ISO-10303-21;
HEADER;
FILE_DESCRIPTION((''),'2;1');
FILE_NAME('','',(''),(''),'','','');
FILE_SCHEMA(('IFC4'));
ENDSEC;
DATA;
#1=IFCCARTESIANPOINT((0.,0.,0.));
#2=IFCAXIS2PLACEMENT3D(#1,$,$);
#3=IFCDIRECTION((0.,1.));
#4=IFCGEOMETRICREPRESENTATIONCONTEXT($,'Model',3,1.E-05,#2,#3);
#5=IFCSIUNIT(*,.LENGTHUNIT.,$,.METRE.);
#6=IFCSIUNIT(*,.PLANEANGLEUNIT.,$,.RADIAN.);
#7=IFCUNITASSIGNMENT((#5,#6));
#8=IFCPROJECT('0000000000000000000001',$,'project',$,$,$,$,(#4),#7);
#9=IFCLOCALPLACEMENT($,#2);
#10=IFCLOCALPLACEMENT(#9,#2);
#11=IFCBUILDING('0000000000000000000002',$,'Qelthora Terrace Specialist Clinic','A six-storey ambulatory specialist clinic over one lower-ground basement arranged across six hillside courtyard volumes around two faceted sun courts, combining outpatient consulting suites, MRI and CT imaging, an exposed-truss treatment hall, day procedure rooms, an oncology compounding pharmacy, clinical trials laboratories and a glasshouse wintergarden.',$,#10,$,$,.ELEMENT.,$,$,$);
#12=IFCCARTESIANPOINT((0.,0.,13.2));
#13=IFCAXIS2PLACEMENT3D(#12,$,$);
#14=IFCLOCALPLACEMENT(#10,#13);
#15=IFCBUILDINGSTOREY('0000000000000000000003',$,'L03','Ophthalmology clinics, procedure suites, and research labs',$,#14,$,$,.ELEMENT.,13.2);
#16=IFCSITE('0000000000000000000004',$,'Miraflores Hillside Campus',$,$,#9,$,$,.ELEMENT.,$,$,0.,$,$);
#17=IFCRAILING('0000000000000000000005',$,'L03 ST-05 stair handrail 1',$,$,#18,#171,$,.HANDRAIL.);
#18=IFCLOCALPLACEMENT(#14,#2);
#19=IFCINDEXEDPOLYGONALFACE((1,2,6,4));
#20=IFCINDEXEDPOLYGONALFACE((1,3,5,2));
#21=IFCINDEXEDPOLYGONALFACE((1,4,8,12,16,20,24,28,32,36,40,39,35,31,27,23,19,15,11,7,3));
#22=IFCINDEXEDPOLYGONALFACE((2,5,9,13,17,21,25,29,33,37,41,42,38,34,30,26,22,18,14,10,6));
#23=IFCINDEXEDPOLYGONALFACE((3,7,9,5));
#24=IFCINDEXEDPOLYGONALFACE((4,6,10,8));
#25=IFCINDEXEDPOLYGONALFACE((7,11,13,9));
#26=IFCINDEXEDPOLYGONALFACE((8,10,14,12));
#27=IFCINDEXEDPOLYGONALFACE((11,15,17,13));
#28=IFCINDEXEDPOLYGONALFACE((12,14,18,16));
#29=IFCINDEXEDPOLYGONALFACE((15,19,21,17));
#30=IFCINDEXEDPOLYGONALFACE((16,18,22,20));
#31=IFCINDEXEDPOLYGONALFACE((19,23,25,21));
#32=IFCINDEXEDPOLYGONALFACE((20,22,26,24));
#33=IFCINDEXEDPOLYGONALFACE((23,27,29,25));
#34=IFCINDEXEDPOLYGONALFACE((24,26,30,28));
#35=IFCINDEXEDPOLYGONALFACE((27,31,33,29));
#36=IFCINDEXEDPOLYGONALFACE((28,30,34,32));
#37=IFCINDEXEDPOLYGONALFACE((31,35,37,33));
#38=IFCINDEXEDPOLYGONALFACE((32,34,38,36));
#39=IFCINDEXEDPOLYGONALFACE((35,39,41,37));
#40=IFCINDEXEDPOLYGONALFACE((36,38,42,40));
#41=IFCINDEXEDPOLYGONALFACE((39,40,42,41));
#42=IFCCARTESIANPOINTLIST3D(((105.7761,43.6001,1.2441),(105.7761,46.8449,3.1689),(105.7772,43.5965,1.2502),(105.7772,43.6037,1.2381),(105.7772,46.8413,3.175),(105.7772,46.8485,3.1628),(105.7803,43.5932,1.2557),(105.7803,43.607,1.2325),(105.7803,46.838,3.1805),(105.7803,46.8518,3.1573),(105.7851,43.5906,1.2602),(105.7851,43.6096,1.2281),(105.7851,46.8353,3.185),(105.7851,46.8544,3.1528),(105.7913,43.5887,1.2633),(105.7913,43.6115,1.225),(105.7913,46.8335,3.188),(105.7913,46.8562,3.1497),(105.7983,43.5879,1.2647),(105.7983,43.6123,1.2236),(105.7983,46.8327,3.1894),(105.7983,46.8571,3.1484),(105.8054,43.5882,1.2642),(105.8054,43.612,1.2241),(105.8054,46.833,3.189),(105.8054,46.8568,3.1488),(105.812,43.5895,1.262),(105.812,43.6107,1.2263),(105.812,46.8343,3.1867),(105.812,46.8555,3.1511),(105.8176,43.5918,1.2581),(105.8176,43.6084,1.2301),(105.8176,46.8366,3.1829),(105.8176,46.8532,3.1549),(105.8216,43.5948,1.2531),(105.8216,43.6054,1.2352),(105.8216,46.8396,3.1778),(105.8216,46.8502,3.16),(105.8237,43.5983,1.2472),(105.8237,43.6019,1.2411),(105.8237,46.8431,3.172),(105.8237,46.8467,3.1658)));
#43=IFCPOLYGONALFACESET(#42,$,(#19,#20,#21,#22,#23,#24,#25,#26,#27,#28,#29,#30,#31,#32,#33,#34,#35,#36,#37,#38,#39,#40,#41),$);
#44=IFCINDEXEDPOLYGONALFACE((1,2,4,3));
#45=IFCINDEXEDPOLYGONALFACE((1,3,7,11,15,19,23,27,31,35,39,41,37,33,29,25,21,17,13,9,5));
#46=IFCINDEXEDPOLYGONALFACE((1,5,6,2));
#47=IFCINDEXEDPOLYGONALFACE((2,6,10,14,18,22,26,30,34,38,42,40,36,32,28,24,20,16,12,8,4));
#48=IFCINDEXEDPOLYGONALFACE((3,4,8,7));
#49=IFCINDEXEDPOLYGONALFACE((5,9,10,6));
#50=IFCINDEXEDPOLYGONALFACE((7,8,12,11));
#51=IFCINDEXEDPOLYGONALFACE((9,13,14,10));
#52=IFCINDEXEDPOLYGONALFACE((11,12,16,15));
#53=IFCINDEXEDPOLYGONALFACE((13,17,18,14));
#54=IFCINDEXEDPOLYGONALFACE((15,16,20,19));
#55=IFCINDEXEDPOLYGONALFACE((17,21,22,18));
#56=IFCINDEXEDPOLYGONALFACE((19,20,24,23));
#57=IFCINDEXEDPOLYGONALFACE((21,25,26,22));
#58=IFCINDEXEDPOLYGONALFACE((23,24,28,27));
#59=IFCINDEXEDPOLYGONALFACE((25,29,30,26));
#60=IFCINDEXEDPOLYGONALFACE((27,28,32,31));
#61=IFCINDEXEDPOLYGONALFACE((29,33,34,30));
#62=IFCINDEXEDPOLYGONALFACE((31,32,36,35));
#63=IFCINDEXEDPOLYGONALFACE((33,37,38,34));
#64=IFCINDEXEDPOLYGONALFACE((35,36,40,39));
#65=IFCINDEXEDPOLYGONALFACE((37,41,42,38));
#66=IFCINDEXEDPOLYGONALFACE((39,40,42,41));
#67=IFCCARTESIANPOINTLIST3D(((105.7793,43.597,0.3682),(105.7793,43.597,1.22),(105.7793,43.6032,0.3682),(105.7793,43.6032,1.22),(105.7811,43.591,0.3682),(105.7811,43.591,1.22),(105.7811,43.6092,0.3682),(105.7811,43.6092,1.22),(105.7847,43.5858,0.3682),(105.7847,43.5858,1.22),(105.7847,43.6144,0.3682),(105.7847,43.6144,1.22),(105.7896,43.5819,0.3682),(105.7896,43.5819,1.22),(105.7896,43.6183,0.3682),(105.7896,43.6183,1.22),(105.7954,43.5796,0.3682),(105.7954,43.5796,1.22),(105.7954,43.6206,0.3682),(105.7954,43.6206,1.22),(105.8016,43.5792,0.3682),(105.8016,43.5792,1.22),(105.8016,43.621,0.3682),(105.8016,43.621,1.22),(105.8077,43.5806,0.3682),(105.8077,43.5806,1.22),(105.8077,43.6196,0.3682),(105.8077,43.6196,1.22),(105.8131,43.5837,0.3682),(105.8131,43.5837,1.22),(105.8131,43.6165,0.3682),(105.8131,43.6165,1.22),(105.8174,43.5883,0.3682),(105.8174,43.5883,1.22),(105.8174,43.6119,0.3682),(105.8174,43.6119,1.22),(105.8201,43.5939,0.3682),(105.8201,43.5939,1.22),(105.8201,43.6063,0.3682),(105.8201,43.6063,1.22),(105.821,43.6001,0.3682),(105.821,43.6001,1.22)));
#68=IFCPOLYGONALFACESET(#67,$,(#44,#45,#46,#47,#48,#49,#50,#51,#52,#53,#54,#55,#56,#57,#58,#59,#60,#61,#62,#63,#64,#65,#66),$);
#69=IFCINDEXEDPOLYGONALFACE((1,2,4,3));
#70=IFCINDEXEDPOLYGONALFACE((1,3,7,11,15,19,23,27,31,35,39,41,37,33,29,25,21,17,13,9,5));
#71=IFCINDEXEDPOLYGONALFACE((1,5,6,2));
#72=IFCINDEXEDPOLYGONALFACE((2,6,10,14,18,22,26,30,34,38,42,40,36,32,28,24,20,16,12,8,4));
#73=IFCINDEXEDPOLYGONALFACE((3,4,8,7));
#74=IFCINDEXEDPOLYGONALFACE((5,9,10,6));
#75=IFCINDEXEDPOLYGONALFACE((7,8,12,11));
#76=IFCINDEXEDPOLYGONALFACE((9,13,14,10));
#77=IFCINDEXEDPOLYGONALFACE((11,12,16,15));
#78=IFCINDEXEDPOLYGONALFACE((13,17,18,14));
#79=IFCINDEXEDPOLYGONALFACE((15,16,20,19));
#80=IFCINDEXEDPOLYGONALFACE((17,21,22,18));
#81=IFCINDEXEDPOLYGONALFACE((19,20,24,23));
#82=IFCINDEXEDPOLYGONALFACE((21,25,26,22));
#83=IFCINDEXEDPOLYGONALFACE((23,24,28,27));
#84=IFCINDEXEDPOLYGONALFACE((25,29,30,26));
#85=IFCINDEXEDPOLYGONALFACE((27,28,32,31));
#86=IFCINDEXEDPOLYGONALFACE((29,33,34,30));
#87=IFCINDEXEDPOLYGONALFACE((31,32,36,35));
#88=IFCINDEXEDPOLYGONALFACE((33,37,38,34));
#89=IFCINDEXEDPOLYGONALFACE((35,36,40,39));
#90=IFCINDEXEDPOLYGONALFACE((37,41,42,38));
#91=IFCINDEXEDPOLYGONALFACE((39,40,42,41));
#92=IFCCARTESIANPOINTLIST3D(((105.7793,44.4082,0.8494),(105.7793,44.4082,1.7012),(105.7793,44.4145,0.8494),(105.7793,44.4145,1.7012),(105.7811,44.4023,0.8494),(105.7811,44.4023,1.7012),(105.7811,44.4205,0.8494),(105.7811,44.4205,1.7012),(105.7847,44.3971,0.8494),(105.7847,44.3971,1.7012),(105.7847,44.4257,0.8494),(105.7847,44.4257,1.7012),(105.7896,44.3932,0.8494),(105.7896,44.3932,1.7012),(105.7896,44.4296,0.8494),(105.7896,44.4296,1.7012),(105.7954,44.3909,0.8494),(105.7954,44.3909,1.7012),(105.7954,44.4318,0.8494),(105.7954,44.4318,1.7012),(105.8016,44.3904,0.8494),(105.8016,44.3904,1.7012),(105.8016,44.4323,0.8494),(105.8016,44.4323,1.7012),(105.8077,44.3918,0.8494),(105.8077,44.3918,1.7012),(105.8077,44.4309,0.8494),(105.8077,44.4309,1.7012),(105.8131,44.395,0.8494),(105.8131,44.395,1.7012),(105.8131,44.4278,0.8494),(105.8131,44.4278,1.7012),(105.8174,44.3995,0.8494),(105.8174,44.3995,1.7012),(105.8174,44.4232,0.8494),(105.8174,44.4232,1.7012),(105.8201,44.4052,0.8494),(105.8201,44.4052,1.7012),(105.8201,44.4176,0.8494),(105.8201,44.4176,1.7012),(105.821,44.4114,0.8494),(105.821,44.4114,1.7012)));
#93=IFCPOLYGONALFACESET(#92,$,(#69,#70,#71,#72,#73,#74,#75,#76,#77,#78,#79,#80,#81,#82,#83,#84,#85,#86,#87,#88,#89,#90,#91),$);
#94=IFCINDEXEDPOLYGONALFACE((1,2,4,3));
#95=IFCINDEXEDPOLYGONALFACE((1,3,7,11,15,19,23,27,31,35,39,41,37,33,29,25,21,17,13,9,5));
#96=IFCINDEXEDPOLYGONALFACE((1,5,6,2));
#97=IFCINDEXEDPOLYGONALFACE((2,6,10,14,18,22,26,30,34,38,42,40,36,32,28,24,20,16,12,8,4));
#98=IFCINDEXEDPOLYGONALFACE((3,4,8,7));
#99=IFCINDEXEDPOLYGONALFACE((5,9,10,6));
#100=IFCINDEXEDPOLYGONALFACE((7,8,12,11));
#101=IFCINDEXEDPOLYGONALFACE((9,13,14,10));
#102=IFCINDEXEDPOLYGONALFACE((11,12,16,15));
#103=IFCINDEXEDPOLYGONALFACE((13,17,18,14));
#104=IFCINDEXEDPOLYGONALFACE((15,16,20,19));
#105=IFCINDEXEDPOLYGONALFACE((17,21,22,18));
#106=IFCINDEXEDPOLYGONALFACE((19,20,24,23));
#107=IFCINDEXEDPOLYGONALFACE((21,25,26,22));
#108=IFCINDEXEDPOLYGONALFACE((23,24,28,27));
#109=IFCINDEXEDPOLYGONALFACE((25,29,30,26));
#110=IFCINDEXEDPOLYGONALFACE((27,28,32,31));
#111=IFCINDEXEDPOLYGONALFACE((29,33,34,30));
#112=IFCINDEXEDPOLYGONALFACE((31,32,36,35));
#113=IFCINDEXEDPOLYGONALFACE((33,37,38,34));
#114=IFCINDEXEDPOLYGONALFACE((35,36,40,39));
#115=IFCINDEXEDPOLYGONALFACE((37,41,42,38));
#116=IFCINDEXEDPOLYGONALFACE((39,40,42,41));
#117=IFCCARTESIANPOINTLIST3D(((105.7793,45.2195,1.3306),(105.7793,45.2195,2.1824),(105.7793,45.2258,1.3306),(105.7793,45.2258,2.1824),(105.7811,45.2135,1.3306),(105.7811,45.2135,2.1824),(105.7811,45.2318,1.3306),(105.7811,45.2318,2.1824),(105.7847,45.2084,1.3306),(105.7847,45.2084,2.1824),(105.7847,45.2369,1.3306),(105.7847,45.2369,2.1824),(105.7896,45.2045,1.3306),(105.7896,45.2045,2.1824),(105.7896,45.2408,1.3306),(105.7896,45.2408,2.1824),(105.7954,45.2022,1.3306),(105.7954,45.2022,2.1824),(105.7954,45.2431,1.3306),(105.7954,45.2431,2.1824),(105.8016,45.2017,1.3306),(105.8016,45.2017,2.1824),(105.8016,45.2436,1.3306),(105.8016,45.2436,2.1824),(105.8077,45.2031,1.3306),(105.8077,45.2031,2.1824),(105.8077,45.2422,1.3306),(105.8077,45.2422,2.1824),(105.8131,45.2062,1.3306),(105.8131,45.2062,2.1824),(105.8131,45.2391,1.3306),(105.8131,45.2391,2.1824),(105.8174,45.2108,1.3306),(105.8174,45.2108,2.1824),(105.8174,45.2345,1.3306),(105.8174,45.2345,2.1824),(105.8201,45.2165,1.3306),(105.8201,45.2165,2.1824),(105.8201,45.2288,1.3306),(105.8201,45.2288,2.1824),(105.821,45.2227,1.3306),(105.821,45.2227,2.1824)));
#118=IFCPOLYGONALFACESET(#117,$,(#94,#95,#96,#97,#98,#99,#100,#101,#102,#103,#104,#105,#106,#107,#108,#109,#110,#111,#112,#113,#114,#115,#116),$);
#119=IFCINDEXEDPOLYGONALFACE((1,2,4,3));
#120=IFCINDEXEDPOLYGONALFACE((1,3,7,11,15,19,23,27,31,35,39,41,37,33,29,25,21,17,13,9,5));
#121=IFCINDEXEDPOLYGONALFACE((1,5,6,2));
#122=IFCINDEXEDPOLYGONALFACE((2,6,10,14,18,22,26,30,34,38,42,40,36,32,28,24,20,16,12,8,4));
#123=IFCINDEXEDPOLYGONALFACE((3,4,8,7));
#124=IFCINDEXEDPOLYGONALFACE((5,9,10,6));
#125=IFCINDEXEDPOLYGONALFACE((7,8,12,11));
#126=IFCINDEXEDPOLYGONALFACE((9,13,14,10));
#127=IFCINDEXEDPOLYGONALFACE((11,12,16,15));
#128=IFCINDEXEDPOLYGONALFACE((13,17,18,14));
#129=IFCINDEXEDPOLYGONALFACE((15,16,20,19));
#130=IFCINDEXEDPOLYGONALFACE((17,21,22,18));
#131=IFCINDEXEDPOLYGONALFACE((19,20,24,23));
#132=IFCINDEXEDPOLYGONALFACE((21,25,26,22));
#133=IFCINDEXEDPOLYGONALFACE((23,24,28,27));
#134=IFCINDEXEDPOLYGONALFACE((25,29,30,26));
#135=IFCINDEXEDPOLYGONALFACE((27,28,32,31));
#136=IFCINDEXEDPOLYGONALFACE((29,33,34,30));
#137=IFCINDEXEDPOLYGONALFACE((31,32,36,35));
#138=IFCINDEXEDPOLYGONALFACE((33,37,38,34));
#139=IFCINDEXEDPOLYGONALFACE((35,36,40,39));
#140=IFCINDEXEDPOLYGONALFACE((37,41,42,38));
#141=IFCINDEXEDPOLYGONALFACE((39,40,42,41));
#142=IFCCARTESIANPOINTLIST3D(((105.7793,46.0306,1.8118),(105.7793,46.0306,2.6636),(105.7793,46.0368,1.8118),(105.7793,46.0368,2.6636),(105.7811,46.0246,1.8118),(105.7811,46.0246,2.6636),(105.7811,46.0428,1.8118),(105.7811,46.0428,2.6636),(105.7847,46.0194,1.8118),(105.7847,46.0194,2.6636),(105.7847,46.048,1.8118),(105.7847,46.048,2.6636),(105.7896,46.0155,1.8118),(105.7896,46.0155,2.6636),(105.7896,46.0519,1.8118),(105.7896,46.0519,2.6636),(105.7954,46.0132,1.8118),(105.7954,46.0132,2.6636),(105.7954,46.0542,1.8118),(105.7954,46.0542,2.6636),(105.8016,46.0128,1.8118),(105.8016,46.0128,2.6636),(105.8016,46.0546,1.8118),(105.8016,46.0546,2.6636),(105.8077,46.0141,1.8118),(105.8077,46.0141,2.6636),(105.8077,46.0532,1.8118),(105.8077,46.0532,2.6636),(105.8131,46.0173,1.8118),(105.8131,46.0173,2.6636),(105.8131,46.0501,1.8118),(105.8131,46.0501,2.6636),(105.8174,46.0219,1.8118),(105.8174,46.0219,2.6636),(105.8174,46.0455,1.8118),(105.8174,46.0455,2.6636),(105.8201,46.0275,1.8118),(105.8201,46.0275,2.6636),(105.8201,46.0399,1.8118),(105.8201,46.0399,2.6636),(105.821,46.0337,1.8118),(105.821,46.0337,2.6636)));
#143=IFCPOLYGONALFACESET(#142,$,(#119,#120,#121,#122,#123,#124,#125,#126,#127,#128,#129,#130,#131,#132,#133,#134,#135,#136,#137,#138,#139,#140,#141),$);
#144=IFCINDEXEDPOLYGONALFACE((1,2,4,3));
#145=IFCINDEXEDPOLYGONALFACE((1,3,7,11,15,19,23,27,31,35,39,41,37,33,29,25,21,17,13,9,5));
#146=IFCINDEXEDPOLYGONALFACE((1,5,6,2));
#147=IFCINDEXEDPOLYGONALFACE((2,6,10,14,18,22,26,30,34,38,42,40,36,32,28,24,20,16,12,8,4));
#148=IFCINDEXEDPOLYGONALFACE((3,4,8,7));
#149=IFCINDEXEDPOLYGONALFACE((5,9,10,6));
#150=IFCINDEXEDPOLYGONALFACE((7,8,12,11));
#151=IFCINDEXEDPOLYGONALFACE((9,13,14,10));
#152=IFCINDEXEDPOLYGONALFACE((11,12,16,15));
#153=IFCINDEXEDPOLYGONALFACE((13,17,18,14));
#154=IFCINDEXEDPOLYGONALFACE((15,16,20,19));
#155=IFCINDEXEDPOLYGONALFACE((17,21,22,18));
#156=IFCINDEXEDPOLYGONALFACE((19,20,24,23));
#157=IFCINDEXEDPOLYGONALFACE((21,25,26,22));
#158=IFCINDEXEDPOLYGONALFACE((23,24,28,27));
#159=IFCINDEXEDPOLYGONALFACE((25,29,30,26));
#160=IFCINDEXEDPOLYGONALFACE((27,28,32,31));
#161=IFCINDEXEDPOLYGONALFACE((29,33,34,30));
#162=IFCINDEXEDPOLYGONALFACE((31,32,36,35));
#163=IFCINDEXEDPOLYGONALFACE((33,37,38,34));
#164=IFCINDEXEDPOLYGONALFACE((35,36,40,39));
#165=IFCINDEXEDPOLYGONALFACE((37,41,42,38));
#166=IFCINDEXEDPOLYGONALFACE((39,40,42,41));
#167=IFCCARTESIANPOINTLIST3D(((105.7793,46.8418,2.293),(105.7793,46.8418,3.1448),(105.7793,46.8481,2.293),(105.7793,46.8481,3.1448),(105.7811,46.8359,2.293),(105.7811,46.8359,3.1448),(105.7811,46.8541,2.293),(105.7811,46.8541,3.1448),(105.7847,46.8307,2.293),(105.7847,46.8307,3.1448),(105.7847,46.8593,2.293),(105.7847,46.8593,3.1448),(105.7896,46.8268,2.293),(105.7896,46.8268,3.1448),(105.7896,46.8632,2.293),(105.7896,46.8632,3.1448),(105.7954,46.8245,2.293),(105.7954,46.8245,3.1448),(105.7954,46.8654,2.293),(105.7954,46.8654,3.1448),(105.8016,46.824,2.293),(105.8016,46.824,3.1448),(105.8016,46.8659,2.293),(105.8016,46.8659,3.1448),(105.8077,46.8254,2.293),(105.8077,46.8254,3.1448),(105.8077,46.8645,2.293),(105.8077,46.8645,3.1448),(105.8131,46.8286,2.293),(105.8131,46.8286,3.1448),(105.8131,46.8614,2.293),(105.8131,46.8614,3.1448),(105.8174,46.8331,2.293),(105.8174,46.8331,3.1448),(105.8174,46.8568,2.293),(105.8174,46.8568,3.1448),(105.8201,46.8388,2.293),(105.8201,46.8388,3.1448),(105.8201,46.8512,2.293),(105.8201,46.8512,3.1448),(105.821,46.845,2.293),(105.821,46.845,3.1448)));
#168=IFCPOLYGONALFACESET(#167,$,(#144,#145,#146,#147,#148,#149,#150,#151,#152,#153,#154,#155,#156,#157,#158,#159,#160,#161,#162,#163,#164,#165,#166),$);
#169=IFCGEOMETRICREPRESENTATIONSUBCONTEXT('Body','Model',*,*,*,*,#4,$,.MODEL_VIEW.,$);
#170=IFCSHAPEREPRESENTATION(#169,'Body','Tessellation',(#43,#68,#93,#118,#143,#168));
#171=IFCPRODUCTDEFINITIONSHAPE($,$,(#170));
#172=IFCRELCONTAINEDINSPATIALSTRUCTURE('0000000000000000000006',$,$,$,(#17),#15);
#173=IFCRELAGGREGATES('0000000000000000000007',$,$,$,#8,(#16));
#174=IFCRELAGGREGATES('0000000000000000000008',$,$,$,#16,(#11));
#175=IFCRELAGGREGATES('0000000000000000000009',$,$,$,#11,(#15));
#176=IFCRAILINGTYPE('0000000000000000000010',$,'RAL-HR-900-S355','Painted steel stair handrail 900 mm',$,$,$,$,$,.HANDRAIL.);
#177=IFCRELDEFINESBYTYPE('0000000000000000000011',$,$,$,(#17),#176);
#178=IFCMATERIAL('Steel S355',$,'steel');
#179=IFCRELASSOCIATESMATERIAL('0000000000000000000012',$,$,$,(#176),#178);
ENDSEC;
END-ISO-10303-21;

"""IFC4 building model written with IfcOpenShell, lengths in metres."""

from ifc_helpers import new_model, si_unit, direction, frame, origin, origin_2d, place, context, subcontext, project, spatial, circle, extrude, material, type_object, element, save


model = new_model("IFC4")

# Units and contexts
model_context = context("Model", 3, precision=1e-05, world=origin(), true_north=direction((0.0, 1.0)))
body_context = subcontext(model_context, "Body", "Model", "MODEL_VIEW")
ifc_project = project(units=[si_unit("LENGTHUNIT", "METRE"), si_unit("PLANEANGLEUNIT", "RADIAN")], contexts=[model_context])

# Site, building, storey
site_placement = place(None, origin())
site = spatial("IfcSite", under=ifc_project, at=site_placement, Name="Miraflores Hillside Campus", CompositionType="ELEMENT", RefElevation=0.0)
building_placement = place(site_placement, origin())
building = spatial("IfcBuilding", under=site, at=building_placement, Name="Qelthora Terrace Specialist Clinic", Description="A six-storey ambulatory specialist clinic over one lower-ground basement arranged across six hillside courtyard volumes around two faceted sun courts, combining outpatient consulting suites, MRI and CT imaging, an exposed-truss treatment hall, day procedure rooms, an oncology compounding pharmacy, clinical trials laboratories and a glasshouse wintergarden.", CompositionType="ELEMENT")
storey_placement = place(building_placement, frame((0.0, 0.0, 13.2)))
storey = spatial("IfcBuildingStorey", under=building, at=storey_placement, Name="L03", Description="Ophthalmology clinics, procedure suites, and research labs", CompositionType="ELEMENT", Elevation=13.2)

# Shared definitions
ifc_material_1 = material(Name="Steel S355", Category="steel")

# Railing
railing_type_1 = type_object("IfcRailingType", Name="RAL-HR-900-S355", Description="Painted steel stair handrail 900 mm", PredefinedType="HANDRAIL", material=ifc_material_1)
railing_1_placement = place(storey_placement, frame((105.8, 43.6001, 0.3682)))
element("IfcRailing", 1, at=railing_1_placement, inside=storey, type_object=railing_type_1, Name="L03 ST-05 stair handrail 1", PredefinedType="HANDRAIL", context=body_context, shape_type="SweptSolid", body=[
    extrude(circle(Radius=0.0239, at=origin_2d()), frame((0.0, 0.0, 0.876), z_axis=(0.0, 0.860069, 0.510178), x_axis=(-1.0, 0.0, 0.0)), (0.0, 0.0, 1.0), 3.7727),
    extrude(circle(Radius=0.021, at=origin_2d()), origin(), (0.0, 0.0, 1.0), 0.8518),
    extrude(circle(Radius=0.021, at=origin_2d()), frame((0.0, 0.8113, 0.4812)), (0.0, 0.0, 1.0), 0.8518),
    extrude(circle(Radius=0.021, at=origin_2d()), frame((0.0, 1.6226, 0.9624)), (0.0, 0.0, 1.0), 0.8518),
    extrude(circle(Radius=0.021, at=origin_2d()), frame((0.0, 2.4336, 1.4436)), (0.0, 0.0, 1.0), 0.8518),
    extrude(circle(Radius=0.021, at=origin_2d()), frame((0.0, 3.2449, 1.9248)), (0.0, 0.0, 1.0), 0.8518),
])

save(model, "model.ifc")
